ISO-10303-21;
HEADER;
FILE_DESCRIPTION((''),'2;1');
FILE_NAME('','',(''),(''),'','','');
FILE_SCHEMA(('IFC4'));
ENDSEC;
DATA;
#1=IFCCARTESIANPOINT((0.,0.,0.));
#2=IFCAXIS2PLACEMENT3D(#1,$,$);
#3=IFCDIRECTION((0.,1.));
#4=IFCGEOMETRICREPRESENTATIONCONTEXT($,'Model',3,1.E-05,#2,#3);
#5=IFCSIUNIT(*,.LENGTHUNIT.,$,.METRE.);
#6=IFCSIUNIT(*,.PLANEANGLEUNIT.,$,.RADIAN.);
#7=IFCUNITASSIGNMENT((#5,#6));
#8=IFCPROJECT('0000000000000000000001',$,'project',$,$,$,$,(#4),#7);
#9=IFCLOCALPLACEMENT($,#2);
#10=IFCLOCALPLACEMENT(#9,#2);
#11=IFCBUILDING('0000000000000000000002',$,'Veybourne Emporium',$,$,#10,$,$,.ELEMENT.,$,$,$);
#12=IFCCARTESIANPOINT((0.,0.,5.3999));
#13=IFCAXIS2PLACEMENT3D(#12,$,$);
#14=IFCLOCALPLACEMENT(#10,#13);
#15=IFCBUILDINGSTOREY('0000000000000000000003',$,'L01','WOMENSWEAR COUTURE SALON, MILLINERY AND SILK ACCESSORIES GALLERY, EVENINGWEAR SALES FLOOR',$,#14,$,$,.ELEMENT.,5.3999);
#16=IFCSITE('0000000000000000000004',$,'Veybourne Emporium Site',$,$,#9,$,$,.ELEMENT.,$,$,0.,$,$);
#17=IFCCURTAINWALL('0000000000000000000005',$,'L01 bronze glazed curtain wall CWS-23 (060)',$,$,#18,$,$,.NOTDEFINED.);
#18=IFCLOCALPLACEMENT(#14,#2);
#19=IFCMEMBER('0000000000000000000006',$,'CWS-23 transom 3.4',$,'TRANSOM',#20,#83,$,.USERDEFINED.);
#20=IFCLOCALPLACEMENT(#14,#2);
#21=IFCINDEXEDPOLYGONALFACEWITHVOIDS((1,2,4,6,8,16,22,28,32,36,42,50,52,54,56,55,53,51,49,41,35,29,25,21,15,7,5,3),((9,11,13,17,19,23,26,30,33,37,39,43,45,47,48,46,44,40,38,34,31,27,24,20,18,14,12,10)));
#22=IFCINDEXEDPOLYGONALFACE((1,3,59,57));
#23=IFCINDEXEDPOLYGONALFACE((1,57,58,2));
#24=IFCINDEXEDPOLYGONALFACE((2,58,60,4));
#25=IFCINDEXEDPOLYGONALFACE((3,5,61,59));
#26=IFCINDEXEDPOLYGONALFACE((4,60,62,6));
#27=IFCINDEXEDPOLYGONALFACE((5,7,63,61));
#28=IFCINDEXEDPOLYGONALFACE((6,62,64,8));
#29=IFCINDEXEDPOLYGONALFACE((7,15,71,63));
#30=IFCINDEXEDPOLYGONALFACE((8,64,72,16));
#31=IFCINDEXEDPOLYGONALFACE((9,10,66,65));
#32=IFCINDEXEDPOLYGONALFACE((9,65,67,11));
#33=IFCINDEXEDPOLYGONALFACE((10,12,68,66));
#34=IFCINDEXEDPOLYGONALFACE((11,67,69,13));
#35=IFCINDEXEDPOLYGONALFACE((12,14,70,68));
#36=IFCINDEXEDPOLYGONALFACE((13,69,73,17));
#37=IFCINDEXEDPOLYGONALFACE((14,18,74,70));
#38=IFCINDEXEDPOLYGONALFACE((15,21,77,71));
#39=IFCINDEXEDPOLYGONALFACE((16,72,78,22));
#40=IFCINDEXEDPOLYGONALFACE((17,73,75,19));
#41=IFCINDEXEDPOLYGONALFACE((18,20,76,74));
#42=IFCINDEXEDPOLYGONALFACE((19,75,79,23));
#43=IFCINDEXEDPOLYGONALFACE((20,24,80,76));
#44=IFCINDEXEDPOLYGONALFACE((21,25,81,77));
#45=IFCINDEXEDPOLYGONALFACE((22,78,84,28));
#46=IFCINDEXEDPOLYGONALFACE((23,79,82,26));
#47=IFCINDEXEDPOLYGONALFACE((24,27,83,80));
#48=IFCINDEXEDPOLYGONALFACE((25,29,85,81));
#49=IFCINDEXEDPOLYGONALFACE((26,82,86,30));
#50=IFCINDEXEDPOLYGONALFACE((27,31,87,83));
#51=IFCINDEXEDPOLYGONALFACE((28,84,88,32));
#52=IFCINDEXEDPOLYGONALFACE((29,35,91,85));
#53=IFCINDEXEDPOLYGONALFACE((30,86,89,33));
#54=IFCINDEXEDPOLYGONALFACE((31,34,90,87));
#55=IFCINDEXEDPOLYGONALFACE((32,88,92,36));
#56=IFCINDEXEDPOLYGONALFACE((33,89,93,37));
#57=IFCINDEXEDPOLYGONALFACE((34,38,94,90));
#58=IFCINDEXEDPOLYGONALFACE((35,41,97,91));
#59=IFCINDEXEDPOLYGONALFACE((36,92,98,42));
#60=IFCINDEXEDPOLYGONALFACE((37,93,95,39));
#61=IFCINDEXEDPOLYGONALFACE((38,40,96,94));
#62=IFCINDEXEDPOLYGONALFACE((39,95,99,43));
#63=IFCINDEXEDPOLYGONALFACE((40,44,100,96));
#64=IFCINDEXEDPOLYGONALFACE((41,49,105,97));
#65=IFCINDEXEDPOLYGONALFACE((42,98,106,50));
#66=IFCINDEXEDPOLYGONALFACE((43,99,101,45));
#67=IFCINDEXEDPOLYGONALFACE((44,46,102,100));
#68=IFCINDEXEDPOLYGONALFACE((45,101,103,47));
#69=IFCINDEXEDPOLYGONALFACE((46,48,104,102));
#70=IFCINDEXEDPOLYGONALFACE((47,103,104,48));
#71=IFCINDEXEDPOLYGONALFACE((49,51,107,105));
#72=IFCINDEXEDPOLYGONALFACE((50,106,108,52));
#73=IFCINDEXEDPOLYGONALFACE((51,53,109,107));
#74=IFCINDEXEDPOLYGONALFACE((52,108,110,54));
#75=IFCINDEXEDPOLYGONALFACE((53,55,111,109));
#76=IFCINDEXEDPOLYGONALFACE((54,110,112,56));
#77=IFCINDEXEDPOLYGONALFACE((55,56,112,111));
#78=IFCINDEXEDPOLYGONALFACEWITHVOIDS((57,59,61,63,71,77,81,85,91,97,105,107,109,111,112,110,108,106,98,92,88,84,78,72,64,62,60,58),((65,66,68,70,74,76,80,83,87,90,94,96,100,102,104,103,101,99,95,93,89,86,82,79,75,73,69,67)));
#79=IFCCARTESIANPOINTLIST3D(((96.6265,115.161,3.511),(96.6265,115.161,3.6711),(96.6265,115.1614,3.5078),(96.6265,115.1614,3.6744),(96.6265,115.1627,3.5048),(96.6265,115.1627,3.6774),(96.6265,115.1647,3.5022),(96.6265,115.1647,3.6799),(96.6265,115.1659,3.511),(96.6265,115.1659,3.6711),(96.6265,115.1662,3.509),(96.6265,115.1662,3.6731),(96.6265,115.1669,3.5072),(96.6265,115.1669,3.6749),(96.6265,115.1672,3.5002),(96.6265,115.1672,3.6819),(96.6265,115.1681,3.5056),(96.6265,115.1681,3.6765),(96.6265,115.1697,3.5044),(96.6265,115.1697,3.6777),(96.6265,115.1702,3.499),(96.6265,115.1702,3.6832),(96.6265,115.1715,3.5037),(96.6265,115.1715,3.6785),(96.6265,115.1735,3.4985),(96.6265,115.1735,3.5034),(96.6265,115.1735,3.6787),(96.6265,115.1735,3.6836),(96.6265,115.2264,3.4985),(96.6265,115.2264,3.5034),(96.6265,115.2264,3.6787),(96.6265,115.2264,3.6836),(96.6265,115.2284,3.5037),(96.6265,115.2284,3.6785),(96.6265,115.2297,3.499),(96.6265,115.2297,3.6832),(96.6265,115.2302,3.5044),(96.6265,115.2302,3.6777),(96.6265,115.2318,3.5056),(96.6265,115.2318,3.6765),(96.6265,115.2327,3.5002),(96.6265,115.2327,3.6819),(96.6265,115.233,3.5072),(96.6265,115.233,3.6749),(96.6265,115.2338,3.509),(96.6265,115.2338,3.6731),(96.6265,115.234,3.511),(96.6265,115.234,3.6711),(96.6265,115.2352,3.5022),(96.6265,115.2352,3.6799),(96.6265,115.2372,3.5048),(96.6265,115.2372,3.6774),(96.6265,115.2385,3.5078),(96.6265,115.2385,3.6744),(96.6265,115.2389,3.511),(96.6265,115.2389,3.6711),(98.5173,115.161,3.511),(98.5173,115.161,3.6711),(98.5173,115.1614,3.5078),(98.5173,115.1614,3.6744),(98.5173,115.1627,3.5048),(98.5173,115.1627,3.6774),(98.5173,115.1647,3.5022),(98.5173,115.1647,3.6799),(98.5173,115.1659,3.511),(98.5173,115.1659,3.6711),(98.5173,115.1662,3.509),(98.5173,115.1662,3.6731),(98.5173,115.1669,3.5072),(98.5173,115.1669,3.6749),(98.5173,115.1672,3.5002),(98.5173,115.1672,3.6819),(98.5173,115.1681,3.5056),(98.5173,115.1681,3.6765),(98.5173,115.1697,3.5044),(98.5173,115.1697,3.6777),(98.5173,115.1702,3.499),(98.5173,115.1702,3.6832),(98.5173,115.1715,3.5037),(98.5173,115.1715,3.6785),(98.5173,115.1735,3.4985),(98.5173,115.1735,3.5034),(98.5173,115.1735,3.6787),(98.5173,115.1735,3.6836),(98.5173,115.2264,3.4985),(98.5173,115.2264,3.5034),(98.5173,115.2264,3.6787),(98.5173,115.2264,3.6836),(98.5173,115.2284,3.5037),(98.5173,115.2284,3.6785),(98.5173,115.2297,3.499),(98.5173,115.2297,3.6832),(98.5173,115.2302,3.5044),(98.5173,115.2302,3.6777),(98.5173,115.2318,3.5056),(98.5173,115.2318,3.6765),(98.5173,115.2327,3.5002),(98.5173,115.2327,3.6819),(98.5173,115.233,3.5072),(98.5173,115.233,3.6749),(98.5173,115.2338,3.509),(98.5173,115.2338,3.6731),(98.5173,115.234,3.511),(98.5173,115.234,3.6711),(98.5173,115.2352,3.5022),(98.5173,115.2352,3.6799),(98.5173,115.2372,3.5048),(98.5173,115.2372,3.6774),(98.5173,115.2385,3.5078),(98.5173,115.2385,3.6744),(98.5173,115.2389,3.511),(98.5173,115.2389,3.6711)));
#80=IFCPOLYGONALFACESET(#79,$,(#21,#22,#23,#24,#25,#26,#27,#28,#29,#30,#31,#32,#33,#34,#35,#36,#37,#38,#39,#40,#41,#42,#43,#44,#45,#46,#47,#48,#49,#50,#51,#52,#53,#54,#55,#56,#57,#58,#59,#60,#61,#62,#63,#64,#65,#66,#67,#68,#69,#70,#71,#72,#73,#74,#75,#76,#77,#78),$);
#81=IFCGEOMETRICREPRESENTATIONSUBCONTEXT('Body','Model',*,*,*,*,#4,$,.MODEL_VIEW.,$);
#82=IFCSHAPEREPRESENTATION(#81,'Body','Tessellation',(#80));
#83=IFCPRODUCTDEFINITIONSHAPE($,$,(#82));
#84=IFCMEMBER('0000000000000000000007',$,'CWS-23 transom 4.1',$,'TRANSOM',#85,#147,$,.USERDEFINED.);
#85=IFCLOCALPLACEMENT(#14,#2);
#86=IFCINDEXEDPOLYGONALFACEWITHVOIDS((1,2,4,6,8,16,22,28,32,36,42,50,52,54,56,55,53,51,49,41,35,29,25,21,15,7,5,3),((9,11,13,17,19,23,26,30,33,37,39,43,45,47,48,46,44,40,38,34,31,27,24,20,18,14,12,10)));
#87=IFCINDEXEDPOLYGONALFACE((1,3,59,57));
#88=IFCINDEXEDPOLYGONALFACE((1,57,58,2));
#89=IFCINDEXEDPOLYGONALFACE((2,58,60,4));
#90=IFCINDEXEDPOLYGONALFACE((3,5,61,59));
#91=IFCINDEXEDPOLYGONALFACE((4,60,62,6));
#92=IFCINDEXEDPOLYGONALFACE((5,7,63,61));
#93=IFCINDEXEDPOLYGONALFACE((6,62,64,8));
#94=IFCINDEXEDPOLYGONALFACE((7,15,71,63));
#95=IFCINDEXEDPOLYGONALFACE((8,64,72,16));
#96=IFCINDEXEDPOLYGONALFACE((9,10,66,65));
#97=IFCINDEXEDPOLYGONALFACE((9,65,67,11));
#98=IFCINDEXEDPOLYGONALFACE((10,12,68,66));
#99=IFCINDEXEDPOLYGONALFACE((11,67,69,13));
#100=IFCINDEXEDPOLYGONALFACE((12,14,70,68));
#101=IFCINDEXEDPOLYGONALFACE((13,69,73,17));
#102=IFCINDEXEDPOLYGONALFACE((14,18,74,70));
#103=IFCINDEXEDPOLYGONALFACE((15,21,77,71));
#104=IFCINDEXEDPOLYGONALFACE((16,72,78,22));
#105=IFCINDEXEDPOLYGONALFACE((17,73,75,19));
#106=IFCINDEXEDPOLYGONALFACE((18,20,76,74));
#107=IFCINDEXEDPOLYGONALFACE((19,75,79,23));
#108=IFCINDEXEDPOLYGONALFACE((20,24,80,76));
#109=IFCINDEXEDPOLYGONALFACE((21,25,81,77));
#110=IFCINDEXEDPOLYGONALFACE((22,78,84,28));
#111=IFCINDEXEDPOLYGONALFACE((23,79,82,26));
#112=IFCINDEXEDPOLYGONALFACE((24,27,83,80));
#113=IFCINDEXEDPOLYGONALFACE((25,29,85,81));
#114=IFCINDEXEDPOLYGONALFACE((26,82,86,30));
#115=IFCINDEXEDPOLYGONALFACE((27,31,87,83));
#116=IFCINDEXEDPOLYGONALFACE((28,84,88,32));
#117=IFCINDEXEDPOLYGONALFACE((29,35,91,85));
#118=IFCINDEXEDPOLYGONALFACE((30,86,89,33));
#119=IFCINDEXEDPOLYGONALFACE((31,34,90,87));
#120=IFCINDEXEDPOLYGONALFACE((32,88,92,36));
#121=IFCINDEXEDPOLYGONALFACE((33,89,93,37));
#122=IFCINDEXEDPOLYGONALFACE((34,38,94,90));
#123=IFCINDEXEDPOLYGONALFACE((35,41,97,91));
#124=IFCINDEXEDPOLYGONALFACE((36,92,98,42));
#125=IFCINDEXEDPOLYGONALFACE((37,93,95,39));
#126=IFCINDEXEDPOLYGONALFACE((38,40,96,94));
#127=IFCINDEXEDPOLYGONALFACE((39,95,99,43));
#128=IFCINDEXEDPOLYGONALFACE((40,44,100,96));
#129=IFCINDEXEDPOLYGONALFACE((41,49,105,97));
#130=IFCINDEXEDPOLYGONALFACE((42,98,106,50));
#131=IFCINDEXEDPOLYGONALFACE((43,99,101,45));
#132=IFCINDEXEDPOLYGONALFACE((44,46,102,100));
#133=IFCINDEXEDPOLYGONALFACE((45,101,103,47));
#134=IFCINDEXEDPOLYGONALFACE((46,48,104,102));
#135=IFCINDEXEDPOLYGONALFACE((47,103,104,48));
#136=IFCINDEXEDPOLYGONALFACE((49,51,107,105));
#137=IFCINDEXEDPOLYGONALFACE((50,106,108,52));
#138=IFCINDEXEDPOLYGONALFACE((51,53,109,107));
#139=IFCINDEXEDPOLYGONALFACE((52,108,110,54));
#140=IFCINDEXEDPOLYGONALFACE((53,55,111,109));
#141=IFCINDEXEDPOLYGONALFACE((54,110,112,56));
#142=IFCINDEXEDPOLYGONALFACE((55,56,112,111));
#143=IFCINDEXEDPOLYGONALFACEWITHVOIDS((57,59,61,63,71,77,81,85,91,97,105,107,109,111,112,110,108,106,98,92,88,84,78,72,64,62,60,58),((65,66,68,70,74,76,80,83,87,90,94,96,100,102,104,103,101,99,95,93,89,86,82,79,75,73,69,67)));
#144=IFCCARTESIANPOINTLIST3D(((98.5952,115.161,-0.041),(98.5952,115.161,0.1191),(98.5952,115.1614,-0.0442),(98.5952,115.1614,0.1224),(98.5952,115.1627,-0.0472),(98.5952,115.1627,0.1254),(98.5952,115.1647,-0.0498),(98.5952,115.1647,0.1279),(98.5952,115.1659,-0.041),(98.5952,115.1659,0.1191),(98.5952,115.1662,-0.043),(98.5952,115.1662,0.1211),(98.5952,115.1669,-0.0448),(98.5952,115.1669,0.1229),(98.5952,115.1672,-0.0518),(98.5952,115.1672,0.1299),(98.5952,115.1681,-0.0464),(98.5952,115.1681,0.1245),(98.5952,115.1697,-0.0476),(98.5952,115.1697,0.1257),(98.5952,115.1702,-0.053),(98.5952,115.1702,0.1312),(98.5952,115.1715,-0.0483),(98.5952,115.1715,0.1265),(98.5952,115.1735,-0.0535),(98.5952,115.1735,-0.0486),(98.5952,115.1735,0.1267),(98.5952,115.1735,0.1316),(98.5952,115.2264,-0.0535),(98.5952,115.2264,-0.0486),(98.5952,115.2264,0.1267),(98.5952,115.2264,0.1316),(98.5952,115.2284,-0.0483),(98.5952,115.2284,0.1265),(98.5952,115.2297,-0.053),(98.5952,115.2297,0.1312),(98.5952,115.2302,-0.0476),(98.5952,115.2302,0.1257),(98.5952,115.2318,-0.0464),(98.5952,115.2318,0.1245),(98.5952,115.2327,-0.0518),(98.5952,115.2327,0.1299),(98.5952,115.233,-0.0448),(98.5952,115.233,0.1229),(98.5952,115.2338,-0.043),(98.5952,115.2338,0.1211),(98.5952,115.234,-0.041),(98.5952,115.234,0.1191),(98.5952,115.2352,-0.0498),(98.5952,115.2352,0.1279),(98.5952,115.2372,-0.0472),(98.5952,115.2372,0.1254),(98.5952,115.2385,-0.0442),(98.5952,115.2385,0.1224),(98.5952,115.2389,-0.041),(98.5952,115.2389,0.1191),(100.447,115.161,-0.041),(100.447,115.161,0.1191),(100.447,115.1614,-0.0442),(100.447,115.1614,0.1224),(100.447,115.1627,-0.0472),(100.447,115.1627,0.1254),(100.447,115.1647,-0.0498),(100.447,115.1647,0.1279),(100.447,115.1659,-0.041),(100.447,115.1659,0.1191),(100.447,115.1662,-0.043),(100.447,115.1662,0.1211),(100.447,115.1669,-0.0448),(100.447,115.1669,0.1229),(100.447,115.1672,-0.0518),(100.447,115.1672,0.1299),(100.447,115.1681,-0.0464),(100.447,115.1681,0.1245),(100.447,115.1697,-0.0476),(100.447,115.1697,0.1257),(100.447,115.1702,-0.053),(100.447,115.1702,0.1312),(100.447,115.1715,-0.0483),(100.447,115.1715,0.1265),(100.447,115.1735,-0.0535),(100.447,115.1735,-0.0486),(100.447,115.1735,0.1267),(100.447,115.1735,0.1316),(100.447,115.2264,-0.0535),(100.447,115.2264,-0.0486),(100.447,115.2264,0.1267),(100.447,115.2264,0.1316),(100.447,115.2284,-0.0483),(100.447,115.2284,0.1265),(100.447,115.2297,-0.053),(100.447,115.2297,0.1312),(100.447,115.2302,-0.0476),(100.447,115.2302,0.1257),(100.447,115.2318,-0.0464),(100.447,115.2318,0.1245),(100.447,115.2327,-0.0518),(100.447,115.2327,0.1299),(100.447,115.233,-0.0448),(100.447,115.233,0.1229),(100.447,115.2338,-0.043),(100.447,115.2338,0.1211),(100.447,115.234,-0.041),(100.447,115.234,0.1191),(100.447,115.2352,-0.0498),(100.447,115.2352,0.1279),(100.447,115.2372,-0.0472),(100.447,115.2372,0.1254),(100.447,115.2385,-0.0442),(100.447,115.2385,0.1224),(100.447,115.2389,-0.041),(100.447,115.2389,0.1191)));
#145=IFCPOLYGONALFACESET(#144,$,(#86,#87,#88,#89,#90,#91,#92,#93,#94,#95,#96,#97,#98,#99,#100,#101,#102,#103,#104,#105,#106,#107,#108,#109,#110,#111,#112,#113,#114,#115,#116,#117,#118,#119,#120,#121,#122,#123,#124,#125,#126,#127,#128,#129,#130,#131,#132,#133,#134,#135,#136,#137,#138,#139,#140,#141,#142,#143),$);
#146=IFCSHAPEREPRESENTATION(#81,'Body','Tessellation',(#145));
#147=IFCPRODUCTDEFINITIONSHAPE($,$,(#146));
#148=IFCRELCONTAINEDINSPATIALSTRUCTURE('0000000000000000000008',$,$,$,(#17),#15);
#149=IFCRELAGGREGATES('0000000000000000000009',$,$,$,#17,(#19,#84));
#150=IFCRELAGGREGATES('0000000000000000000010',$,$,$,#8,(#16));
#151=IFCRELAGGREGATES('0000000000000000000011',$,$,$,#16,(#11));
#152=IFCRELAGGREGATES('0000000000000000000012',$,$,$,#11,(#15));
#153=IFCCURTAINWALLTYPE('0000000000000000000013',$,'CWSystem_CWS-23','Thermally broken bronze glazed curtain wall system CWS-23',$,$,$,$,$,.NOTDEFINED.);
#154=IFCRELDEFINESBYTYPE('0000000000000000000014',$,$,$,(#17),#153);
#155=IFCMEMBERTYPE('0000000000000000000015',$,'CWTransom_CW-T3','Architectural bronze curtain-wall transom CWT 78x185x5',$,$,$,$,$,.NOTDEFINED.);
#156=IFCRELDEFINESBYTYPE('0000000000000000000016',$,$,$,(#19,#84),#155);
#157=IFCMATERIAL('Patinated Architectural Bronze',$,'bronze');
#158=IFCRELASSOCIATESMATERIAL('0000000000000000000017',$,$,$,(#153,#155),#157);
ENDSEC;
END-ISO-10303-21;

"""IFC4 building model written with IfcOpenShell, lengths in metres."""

from ifc_helpers import new_model, si_unit, direction, frame, origin, origin_2d, place, context, subcontext, project, spatial, hollow_rectangle, extrude, material, material_profile, profile_set, type_object, element, aggregate, save


model = new_model("IFC4")

# Units and contexts
model_context = context("Model", 3, precision=1e-05, world=origin(), true_north=direction((0.0, 1.0)))
body_context = subcontext(model_context, "Body", "Model", "MODEL_VIEW")
ifc_project = project(units=[si_unit("LENGTHUNIT", "METRE"), si_unit("PLANEANGLEUNIT", "RADIAN")], contexts=[model_context])

# Site, building, storey
site_placement = place(None, origin())
site = spatial("IfcSite", under=ifc_project, at=site_placement, Name="Veybourne Emporium Site", CompositionType="ELEMENT", RefElevation=0.0)
building_placement = place(site_placement, origin())
building = spatial("IfcBuilding", under=site, at=building_placement, Name="Veybourne Emporium", CompositionType="ELEMENT")
storey_placement = place(building_placement, frame((0.0, 0.0, 5.3999)))
storey = spatial("IfcBuildingStorey", under=building, at=storey_placement, Name="L01", Description="WOMENSWEAR COUTURE SALON, MILLINERY AND SILK ACCESSORIES GALLERY, EVENINGWEAR SALES FLOOR", CompositionType="ELEMENT", Elevation=5.3999)

# Curtain wall, members
ifc_material_1 = material(Name="Patinated Architectural Bronze", Category="bronze")
curtain_wall_type = type_object("IfcCurtainWallType", Name="CWSystem_CWS-23", Description="Thermally broken bronze glazed curtain wall system CWS-23", PredefinedType="NOTDEFINED", material=ifc_material_1)
curtain_wall_placement = place(storey_placement, origin())
curtain_wall = element("IfcCurtainWall", 1, at=curtain_wall_placement, inside=storey, type_object=curtain_wall_type, Name="L01 bronze glazed curtain wall CWS-23 (060)", PredefinedType="NOTDEFINED")
ifc_material_profile_1 = material_profile(ifc_material_1, hollow_rectangle(XDim=0.0779, YDim=0.1851, WallThickness=0.0049, InnerFilletRadius=0.0076, OuterFilletRadius=0.0125, at=origin_2d()), Name="CWT 78x185x5")
ifc_profile_set_1 = profile_set([ifc_material_profile_1], Name="Patinated Architectural Bronze")
member_type_1 = type_object("IfcMemberType", Name="CWTransom_CW-T3", Description="Architectural bronze curtain-wall transom CWT 78x185x5", PredefinedType="NOTDEFINED", material=ifc_profile_set_1)
member_1_placement = place(storey_placement, frame((96.6265, 115.2, 3.5911), z_axis=(1.0, 0.0, 0.0), x_axis=(0.0, 1.0, 0.0)))
member_1 = element("IfcMember", 2, at=member_1_placement, type_object=member_type_1, Name="CWS-23 transom 3.4", ObjectType="TRANSOM", PredefinedType="USERDEFINED", context=body_context, shape_type="SweptSolid", body=[
    extrude(hollow_rectangle(XDim=0.0779, YDim=0.1851, WallThickness=0.0049, InnerFilletRadius=0.0076, OuterFilletRadius=0.0125, at=origin_2d()), origin(), (0.0, 0.0, 1.0), 1.8909),
])
member_2_placement = place(storey_placement, frame((98.5952, 115.2, 0.0391), z_axis=(1.0, 0.0, 0.0), x_axis=(0.0, 1.0, 0.0)))
member_2 = element("IfcMember", 3, at=member_2_placement, type_object=member_type_1, Name="CWS-23 transom 4.1", ObjectType="TRANSOM", PredefinedType="USERDEFINED", context=body_context, shape_type="SweptSolid", body=[
    extrude(hollow_rectangle(XDim=0.0779, YDim=0.1851, WallThickness=0.0049, InnerFilletRadius=0.0076, OuterFilletRadius=0.0125, at=origin_2d()), origin(), (0.0, 0.0, 1.0), 1.8518),
])
aggregate(curtain_wall, [member_1, member_2])

save(model, "model.ifc")
